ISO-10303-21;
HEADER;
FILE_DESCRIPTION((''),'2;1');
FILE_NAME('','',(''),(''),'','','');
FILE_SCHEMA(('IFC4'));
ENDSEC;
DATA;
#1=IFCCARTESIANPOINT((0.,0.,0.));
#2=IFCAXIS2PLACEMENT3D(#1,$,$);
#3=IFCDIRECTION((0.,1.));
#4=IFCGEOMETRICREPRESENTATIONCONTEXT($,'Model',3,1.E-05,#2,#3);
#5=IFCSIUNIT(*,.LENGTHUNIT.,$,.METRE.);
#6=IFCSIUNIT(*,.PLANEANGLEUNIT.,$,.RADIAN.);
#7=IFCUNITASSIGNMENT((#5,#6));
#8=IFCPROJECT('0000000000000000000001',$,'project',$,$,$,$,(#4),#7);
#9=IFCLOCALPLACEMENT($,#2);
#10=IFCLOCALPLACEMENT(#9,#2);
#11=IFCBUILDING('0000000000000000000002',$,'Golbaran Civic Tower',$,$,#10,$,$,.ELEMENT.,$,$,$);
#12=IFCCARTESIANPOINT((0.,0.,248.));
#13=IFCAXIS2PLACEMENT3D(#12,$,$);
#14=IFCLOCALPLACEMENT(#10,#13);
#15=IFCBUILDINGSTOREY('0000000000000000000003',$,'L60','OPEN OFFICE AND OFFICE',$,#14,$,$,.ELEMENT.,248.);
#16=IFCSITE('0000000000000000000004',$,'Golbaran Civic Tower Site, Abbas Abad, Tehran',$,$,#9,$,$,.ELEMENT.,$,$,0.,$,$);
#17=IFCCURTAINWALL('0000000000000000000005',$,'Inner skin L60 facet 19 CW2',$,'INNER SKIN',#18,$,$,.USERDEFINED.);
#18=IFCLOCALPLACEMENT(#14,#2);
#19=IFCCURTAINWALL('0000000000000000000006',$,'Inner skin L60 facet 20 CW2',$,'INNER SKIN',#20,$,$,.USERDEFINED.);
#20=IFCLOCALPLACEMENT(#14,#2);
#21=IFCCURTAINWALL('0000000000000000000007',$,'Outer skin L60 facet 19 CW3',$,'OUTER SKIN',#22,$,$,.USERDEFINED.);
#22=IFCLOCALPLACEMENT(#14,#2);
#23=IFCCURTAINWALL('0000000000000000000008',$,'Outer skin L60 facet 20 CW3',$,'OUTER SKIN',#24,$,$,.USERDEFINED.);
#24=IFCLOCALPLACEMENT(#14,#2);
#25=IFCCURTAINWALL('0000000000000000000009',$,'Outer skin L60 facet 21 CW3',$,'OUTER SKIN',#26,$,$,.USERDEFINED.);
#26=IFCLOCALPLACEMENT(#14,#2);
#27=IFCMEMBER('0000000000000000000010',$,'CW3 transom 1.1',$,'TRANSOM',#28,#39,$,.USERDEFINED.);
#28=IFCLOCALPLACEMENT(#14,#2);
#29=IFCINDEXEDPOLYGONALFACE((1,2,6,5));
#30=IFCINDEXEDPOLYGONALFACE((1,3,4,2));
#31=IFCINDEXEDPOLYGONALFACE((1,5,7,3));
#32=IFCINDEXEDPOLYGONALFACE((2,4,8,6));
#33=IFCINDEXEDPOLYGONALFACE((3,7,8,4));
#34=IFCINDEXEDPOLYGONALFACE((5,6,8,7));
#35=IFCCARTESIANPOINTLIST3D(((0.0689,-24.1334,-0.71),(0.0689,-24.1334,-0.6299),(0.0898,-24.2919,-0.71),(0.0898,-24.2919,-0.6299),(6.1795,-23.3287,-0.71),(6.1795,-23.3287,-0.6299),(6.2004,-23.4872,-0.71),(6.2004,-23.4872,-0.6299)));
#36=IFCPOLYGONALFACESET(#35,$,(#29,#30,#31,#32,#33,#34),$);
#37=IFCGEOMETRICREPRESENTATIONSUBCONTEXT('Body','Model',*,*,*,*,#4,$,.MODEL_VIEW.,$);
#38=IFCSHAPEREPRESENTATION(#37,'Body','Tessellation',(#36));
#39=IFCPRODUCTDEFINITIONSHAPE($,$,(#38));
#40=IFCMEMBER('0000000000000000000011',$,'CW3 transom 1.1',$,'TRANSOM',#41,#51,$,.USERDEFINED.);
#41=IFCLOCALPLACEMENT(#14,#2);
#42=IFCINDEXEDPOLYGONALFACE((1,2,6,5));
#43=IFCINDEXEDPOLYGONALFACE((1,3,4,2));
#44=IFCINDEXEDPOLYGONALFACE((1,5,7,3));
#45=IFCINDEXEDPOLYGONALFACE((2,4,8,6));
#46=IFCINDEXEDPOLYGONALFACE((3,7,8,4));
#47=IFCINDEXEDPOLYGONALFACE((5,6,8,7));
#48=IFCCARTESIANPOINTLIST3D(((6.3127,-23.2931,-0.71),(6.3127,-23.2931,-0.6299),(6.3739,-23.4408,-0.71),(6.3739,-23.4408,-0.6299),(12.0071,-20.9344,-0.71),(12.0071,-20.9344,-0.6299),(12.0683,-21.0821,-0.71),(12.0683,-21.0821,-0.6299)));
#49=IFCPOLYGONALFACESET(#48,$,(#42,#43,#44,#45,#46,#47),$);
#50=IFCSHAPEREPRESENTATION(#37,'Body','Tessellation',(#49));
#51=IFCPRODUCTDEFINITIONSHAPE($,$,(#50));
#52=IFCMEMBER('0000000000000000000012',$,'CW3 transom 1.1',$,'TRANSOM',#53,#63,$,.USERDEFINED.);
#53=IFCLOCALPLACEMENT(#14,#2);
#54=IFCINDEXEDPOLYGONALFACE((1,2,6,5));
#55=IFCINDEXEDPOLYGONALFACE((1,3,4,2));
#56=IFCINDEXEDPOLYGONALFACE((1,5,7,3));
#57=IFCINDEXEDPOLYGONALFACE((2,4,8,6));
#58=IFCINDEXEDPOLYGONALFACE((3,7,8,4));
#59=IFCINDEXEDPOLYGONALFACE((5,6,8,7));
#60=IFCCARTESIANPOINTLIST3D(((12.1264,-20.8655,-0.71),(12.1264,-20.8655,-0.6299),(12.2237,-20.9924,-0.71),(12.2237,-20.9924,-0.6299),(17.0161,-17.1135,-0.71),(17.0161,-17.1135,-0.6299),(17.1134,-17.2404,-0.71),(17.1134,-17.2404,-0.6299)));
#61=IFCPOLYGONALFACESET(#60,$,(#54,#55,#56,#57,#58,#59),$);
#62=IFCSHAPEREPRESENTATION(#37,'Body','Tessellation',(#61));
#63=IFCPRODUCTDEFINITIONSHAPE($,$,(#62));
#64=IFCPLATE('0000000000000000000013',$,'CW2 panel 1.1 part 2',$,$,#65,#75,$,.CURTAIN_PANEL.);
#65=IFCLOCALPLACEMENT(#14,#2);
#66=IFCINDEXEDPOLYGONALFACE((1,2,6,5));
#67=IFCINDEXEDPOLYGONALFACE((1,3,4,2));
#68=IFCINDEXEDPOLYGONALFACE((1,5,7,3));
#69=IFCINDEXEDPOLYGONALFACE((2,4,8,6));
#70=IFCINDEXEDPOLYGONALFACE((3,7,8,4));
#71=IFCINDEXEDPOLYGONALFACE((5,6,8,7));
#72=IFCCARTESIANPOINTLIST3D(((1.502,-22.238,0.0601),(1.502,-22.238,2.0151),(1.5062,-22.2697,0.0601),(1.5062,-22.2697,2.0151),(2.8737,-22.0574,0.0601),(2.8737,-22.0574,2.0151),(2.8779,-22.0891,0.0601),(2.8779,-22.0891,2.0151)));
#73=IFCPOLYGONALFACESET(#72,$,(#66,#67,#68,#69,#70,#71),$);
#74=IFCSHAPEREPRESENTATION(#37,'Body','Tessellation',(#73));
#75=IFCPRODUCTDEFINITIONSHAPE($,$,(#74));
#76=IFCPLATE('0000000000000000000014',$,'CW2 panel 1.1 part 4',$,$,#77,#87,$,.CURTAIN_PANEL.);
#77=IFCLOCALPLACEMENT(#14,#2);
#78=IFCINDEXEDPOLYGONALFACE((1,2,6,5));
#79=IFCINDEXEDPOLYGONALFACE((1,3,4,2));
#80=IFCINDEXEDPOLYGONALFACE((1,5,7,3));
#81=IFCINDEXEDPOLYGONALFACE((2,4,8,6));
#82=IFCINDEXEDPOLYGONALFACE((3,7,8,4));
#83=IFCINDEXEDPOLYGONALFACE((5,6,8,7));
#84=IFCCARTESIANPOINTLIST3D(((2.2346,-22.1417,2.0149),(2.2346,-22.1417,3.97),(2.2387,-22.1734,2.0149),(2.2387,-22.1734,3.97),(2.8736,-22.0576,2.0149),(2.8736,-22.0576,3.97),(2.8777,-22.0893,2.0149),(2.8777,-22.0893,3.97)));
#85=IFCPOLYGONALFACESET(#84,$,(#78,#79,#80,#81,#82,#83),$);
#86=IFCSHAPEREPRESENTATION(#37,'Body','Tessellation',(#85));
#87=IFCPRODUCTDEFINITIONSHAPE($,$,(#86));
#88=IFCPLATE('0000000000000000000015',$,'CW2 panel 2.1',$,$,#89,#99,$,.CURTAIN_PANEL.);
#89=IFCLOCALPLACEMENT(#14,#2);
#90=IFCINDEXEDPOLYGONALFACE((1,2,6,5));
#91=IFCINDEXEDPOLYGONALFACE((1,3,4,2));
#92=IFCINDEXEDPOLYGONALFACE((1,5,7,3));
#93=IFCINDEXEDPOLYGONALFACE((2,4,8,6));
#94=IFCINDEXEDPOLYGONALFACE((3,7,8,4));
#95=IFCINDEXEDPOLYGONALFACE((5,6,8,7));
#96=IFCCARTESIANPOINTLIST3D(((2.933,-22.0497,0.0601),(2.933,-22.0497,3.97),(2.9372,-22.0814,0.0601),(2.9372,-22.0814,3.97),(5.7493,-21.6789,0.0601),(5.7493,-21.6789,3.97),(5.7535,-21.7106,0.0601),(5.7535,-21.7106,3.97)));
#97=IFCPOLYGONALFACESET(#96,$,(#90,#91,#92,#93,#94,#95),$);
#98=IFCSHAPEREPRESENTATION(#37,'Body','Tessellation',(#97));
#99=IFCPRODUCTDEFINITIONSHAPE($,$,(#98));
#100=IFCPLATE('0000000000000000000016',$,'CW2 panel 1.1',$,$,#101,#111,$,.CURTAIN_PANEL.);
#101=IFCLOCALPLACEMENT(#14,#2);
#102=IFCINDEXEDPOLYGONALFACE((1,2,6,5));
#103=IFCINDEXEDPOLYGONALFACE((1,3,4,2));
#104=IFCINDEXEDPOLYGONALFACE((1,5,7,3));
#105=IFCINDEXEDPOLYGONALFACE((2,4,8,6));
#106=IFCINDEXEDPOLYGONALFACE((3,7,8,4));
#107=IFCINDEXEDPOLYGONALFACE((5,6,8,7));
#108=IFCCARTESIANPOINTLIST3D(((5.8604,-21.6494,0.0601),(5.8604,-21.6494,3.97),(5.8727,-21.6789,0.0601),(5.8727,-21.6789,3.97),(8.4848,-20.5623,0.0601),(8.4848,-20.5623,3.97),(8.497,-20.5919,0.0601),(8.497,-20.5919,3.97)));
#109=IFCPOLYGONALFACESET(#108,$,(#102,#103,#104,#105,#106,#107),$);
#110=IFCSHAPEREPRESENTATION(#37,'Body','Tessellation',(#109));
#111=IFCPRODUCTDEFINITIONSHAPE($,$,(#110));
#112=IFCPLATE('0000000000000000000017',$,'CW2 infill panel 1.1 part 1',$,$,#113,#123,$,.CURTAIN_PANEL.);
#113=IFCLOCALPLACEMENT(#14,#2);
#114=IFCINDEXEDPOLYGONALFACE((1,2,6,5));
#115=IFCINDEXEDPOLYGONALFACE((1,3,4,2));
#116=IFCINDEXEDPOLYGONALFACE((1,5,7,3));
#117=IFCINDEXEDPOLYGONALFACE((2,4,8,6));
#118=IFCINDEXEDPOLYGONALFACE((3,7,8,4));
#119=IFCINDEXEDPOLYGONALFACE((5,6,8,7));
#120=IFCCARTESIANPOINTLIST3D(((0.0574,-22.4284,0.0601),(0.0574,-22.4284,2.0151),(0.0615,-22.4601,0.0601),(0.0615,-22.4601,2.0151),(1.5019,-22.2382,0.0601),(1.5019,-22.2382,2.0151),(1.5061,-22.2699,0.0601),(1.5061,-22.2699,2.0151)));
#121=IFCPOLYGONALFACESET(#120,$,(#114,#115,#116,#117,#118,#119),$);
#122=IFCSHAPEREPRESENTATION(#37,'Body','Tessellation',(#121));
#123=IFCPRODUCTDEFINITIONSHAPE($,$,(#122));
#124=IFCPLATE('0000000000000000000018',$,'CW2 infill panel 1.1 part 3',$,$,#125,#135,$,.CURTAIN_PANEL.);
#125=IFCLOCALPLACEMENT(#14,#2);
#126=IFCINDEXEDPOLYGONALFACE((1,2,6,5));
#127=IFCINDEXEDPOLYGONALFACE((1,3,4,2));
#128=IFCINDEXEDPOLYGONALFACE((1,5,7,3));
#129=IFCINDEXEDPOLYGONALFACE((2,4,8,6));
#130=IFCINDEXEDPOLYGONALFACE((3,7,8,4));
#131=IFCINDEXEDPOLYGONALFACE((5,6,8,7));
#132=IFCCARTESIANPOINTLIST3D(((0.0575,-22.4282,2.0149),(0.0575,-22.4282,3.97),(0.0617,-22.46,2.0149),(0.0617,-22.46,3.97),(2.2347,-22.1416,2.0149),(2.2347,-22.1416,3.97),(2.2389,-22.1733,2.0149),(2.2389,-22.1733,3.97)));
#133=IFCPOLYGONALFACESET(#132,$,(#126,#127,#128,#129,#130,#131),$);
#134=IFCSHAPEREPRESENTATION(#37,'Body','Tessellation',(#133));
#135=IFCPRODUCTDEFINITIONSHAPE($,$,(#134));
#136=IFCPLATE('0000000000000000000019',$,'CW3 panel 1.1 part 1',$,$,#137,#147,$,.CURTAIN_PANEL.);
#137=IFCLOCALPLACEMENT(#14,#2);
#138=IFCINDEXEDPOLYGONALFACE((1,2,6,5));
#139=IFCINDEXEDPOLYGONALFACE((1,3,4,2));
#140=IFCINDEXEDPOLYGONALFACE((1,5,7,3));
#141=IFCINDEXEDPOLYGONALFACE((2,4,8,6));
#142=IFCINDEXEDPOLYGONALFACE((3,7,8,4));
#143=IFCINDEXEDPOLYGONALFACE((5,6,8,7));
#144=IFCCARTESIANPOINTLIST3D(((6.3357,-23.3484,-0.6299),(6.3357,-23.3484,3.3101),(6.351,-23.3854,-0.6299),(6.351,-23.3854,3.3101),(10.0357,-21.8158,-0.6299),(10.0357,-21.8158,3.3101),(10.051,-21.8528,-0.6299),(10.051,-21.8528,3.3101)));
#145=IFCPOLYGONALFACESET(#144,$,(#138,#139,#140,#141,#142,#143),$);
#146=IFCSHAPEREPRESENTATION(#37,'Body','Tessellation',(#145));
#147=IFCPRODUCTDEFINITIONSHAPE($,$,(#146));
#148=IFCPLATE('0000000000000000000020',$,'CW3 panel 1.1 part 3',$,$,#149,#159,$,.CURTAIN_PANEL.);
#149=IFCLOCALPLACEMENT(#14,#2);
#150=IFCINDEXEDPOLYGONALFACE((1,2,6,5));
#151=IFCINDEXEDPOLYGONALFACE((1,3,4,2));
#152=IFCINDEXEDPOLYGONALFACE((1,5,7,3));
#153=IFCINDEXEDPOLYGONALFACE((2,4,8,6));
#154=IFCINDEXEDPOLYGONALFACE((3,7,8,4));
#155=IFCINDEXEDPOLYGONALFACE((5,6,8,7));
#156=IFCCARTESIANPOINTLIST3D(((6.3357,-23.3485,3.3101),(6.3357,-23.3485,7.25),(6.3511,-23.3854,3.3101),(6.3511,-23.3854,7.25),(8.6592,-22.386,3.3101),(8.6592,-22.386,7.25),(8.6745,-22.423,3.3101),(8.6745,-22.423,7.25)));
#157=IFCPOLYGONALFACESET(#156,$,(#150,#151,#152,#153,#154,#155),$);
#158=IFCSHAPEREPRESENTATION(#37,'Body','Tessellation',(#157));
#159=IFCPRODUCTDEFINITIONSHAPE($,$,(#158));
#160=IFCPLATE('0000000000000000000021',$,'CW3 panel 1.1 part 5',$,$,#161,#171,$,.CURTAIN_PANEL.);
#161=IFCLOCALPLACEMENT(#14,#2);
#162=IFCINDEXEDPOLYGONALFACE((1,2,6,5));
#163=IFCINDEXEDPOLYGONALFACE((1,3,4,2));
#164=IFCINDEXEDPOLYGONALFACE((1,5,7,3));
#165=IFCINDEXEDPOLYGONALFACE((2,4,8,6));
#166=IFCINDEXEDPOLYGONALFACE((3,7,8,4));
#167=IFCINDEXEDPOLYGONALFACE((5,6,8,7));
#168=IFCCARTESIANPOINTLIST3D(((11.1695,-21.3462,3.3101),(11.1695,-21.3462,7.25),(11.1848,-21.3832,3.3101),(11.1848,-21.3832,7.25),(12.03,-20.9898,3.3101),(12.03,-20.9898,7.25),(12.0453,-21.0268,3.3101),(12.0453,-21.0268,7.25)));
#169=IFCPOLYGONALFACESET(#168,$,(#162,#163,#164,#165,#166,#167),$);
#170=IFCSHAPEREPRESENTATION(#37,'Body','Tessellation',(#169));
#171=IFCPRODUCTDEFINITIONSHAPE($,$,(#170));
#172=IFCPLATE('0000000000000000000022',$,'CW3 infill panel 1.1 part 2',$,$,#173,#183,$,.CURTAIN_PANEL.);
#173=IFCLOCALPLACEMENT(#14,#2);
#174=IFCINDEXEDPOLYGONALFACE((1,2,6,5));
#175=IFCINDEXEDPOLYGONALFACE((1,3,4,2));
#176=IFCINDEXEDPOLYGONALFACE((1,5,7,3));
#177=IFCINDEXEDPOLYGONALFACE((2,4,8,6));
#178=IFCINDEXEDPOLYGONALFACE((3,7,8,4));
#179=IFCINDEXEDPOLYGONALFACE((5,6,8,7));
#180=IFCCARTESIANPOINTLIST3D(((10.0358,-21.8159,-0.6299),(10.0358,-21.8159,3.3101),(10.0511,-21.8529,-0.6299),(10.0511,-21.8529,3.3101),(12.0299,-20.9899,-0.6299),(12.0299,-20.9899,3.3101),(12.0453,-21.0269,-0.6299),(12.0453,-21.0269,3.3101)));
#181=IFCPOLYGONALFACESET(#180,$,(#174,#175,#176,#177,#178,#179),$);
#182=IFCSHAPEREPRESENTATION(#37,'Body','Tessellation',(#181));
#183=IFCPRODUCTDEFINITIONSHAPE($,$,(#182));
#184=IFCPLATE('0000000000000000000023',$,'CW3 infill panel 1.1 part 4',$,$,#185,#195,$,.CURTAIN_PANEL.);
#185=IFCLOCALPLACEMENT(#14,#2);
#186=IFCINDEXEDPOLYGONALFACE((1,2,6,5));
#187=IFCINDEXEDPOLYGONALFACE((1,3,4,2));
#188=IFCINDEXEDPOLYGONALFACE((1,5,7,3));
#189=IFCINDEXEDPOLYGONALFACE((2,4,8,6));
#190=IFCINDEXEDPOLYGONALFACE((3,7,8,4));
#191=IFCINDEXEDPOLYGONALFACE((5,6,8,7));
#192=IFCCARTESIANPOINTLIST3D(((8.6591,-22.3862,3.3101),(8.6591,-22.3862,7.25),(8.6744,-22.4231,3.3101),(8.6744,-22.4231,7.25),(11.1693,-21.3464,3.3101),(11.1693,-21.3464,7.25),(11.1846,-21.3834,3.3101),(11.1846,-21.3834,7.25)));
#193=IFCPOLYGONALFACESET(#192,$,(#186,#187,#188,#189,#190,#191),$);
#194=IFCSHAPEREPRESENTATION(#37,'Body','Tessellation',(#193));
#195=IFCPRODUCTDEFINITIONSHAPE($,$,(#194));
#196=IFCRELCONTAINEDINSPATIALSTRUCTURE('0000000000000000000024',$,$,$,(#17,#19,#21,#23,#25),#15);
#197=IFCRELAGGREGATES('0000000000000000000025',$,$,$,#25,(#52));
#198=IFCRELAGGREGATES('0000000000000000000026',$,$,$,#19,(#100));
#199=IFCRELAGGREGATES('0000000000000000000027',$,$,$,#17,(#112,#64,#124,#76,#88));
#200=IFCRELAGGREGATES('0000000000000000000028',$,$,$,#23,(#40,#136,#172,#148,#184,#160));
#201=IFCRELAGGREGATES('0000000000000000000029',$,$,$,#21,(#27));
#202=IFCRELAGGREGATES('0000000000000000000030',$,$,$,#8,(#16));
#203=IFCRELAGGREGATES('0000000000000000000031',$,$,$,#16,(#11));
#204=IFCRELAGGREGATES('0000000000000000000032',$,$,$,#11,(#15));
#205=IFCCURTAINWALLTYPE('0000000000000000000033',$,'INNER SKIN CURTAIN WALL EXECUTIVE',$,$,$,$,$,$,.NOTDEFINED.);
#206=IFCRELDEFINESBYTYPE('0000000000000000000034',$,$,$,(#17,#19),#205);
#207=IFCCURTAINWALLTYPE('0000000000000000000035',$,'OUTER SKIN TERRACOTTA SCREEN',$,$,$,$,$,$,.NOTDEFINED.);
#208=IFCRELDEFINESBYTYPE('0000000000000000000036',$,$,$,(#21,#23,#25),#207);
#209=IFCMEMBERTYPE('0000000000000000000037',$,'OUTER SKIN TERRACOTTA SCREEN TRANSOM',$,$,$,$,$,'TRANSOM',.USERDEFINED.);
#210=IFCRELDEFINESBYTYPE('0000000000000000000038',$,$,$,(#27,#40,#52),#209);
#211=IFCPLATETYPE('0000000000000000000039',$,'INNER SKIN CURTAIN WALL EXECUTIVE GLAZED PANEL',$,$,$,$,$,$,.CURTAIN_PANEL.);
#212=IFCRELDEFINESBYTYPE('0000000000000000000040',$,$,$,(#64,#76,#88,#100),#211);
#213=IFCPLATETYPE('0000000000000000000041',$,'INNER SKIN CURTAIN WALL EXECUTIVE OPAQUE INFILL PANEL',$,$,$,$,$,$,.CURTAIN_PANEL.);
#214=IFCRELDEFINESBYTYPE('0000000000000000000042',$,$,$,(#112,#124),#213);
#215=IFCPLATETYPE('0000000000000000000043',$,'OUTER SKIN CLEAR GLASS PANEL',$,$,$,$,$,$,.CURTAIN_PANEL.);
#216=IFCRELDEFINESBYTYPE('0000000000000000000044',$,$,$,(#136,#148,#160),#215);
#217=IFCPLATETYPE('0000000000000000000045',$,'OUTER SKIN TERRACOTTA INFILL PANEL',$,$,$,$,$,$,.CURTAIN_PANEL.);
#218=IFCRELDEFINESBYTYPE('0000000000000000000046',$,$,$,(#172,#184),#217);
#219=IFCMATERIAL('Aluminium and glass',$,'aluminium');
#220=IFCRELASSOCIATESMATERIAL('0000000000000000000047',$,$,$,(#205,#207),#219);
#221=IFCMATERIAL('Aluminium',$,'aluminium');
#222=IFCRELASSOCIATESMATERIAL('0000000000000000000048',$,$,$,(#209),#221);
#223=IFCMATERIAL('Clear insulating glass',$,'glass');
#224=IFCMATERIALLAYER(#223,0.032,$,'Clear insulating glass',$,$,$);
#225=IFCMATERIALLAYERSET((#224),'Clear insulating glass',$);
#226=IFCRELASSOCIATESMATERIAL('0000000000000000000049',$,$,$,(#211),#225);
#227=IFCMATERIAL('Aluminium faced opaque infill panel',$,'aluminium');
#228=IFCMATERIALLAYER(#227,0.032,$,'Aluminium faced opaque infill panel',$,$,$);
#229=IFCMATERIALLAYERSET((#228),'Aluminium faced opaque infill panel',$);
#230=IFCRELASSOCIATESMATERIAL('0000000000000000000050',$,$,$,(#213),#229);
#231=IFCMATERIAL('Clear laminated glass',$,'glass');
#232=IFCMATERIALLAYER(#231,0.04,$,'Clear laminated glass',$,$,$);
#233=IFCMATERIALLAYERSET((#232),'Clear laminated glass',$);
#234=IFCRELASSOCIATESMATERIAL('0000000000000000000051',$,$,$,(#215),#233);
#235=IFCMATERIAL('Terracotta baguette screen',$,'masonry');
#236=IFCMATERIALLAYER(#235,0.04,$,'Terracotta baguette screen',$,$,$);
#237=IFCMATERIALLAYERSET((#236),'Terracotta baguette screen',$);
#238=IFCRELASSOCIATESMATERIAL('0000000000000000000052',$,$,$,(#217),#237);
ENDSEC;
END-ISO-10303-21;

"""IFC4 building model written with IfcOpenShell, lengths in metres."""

from ifc_helpers import new_model, si_unit, direction, frame, origin, origin_2d, place, context, subcontext, project, spatial, rectangle, extrude, material, layer, layer_set, material_profile, profile_set, type_object, element, aggregate, save


model = new_model("IFC4")

# Units and contexts
model_context = context("Model", 3, precision=1e-05, world=origin(), true_north=direction((0.0, 1.0)))
body_context = subcontext(model_context, "Body", "Model", "MODEL_VIEW")
ifc_project = project(units=[si_unit("LENGTHUNIT", "METRE"), si_unit("PLANEANGLEUNIT", "RADIAN")], contexts=[model_context])

# Site, building, storey
site_placement = place(None, origin())
site = spatial("IfcSite", under=ifc_project, at=site_placement, Name="Golbaran Civic Tower Site, Abbas Abad, Tehran", CompositionType="ELEMENT", RefElevation=0.0)
building_placement = place(site_placement, origin())
building = spatial("IfcBuilding", under=site, at=building_placement, Name="Golbaran Civic Tower", CompositionType="ELEMENT")
storey_placement = place(building_placement, frame((0.0, 0.0, 248.0)))
storey = spatial("IfcBuildingStorey", under=building, at=storey_placement, Name="L60", Description="OPEN OFFICE AND OFFICE", CompositionType="ELEMENT", Elevation=248.0)

# Curtain walls
ifc_material_1 = material(Name="Aluminium and glass", Category="aluminium")
curtain_wall_type_1 = type_object("IfcCurtainWallType", Name="INNER SKIN CURTAIN WALL EXECUTIVE", PredefinedType="NOTDEFINED", material=ifc_material_1)
curtain_wall_1_placement = place(storey_placement, origin())
curtain_wall_1 = element("IfcCurtainWall", 1, at=curtain_wall_1_placement, inside=storey, type_object=curtain_wall_type_1, Name="Inner skin L60 facet 19 CW2", ObjectType="INNER SKIN", PredefinedType="USERDEFINED")
ifc_material_2 = material(Name="Aluminium", Category="aluminium")
curtain_wall_2_placement = place(storey_placement, origin())
curtain_wall_2 = element("IfcCurtainWall", 2, at=curtain_wall_2_placement, inside=storey, type_object=curtain_wall_type_1, Name="Inner skin L60 facet 20 CW2", ObjectType="INNER SKIN", PredefinedType="USERDEFINED")

# Curtain walls
curtain_wall_type_2 = type_object("IfcCurtainWallType", Name="OUTER SKIN TERRACOTTA SCREEN", PredefinedType="NOTDEFINED", material=ifc_material_1)
curtain_wall_3_placement = place(storey_placement, origin())
curtain_wall_3 = element("IfcCurtainWall", 3, at=curtain_wall_3_placement, inside=storey, type_object=curtain_wall_type_2, Name="Outer skin L60 facet 19 CW3", ObjectType="OUTER SKIN", PredefinedType="USERDEFINED")
curtain_wall_4_placement = place(storey_placement, origin())
curtain_wall_4 = element("IfcCurtainWall", 4, at=curtain_wall_4_placement, inside=storey, type_object=curtain_wall_type_2, Name="Outer skin L60 facet 20 CW3", ObjectType="OUTER SKIN", PredefinedType="USERDEFINED")

# Curtain wall
curtain_wall_5_placement = place(storey_placement, origin())
curtain_wall_5 = element("IfcCurtainWall", 5, at=curtain_wall_5_placement, inside=storey, type_object=curtain_wall_type_2, Name="Outer skin L60 facet 21 CW3", ObjectType="OUTER SKIN", PredefinedType="USERDEFINED")

# Members
ifc_material_profile_1 = material_profile(ifc_material_2, rectangle(XDim=0.1599, YDim=0.0801, at=origin_2d()), Name="OUTER SKIN TERRACOTTA SCREEN TRANSOM")
ifc_profile_set_1 = profile_set([ifc_material_profile_1], Name="Aluminium")
member_type_1 = type_object("IfcMemberType", Name="OUTER SKIN TERRACOTTA SCREEN TRANSOM", ElementType="TRANSOM", PredefinedType="USERDEFINED", material=ifc_profile_set_1)
member_1_placement = place(storey_placement, frame((0.0793, -24.2126, -0.6699), z_axis=(0.99144, 0.13056, 0.0), x_axis=(-0.13056, 0.99144, 0.0)))
member_1 = element("IfcMember", 6, at=member_1_placement, type_object=member_type_1, Name="CW3 transom 1.1", ObjectType="TRANSOM", PredefinedType="USERDEFINED", context=body_context, shape_type="SweptSolid", body=[
    extrude(rectangle(XDim=0.1599, YDim=0.0801, at=origin_2d()), origin(), (0.0, 0.0, 1.0), 6.1633),
])
member_2_placement = place(storey_placement, frame((6.3433, -23.3669, -0.6699), z_axis=(0.923881, 0.382679, 0.0), x_axis=(-0.382679, 0.923881, 0.0)))
member_2 = element("IfcMember", 7, at=member_2_placement, type_object=member_type_1, Name="CW3 transom 1.1", ObjectType="TRANSOM", PredefinedType="USERDEFINED", context=body_context, shape_type="SweptSolid", body=[
    extrude(rectangle(XDim=0.1599, YDim=0.0801, at=origin_2d()), origin(), (0.0, 0.0, 1.0), 6.1636),
])
member_3_placement = place(storey_placement, frame((12.175, -20.929, -0.6699), z_axis=(0.793354, 0.608761, 0.0), x_axis=(-0.608761, 0.793354, 0.0)))
member_3 = element("IfcMember", 8, at=member_3_placement, type_object=member_type_1, Name="CW3 transom 1.1", ObjectType="TRANSOM", PredefinedType="USERDEFINED", context=body_context, shape_type="SweptSolid", body=[
    extrude(rectangle(XDim=0.1599, YDim=0.0801, at=origin_2d()), origin(), (0.0, 0.0, 1.0), 6.1633),
])
aggregate(curtain_wall_5, [member_3])

# Plates
ifc_material_3 = material(Name="Clear insulating glass", Category="glass")
ifc_layer_1 = layer(ifc_material_3, 0.032, Name="Clear insulating glass")
ifc_layer_set_1 = layer_set([ifc_layer_1], Name="Clear insulating glass")
plate_type_1 = type_object("IfcPlateType", Name="INNER SKIN CURTAIN WALL EXECUTIVE GLAZED PANEL", PredefinedType="CURTAIN_PANEL", material=ifc_layer_set_1)
plate_1_placement = place(storey_placement, frame((2.1899, -22.1636, 0.0601), z_axis=(0.0, 0.0, 1.0), x_axis=(0.991445, 0.130526, 0.0)))
plate_1 = element("IfcPlate", 9, at=plate_1_placement, type_object=plate_type_1, Name="CW2 panel 1.1 part 2", PredefinedType="CURTAIN_PANEL", context=body_context, shape_type="SweptSolid", body=[
    extrude(rectangle(XDim=1.3835, YDim=0.032, at=origin_2d()), origin(), (0.0, 0.0, 1.0), 1.9551),
])
plate_2_placement = place(storey_placement, frame((2.5562, -22.1155, 2.0149), z_axis=(0.0, 0.0, 1.0), x_axis=(0.991445, 0.130526, 0.0)))
plate_2 = element("IfcPlate", 10, at=plate_2_placement, type_object=plate_type_1, Name="CW2 panel 1.1 part 4", PredefinedType="CURTAIN_PANEL", context=body_context, shape_type="SweptSolid", body=[
    extrude(rectangle(XDim=0.6445, YDim=0.032, at=origin_2d()), origin(), (0.0, 0.0, 1.0), 1.9551),
])
plate_3_placement = place(storey_placement, frame((4.3433, -21.8801, 0.0601), z_axis=(0.0, 0.0, 1.0), x_axis=(0.991445, 0.130526, 0.0)))
plate_3 = element("IfcPlate", 11, at=plate_3_placement, type_object=plate_type_1, Name="CW2 panel 2.1", PredefinedType="CURTAIN_PANEL", context=body_context, shape_type="SweptSolid", body=[
    extrude(rectangle(XDim=2.8406, YDim=0.032, at=origin_2d()), origin(), (0.0, 0.0, 1.0), 3.9099),
])
plate_4_placement = place(storey_placement, frame((7.1787, -21.1206, 0.0601), z_axis=(0.0, 0.0, 1.0), x_axis=(0.92388, 0.382683, 0.0)))
plate_4 = element("IfcPlate", 12, at=plate_4_placement, type_object=plate_type_1, Name="CW2 panel 1.1", PredefinedType="CURTAIN_PANEL", context=body_context, shape_type="SweptSolid", body=[
    extrude(rectangle(XDim=2.8406, YDim=0.032, at=origin_2d()), origin(), (0.0, 0.0, 1.0), 3.9099),
])
aggregate(curtain_wall_2, [plate_4])
ifc_material_4 = material(Name="Aluminium faced opaque infill panel", Category="aluminium")
ifc_layer_2 = layer(ifc_material_4, 0.032, Name="Aluminium faced opaque infill panel")
ifc_layer_set_2 = layer_set([ifc_layer_2], Name="Aluminium faced opaque infill panel")
plate_type_2 = type_object("IfcPlateType", Name="INNER SKIN CURTAIN WALL EXECUTIVE OPAQUE INFILL PANEL", PredefinedType="CURTAIN_PANEL", material=ifc_layer_set_2)
plate_5_placement = place(storey_placement, frame((0.7817, -22.3491, 0.0601), z_axis=(0.0, 0.0, 1.0), x_axis=(0.991445, 0.130526, 0.0)))
plate_5 = element("IfcPlate", 13, at=plate_5_placement, type_object=plate_type_2, Name="CW2 infill panel 1.1 part 1", PredefinedType="CURTAIN_PANEL", context=body_context, shape_type="SweptSolid", body=[
    extrude(rectangle(XDim=1.457, YDim=0.032, at=origin_2d()), origin(), (0.0, 0.0, 1.0), 1.9551),
])
plate_6_placement = place(storey_placement, frame((1.1482, -22.3008, 2.0149), z_axis=(0.0, 0.0, 1.0), x_axis=(0.991445, 0.130526, 0.0)))
plate_6 = element("IfcPlate", 14, at=plate_6_placement, type_object=plate_type_2, Name="CW2 infill panel 1.1 part 3", PredefinedType="CURTAIN_PANEL", context=body_context, shape_type="SweptSolid", body=[
    extrude(rectangle(XDim=2.196, YDim=0.032, at=origin_2d()), origin(), (0.0, 0.0, 1.0), 1.9551),
])
aggregate(curtain_wall_1, [plate_5, plate_1, plate_6, plate_2, plate_3])
ifc_material_5 = material(Name="Clear laminated glass", Category="glass")
ifc_layer_3 = layer(ifc_material_5, 0.04, Name="Clear laminated glass")
ifc_layer_set_3 = layer_set([ifc_layer_3], Name="Clear laminated glass")
plate_type_3 = type_object("IfcPlateType", Name="OUTER SKIN CLEAR GLASS PANEL", PredefinedType="CURTAIN_PANEL", material=ifc_layer_set_3)
plate_7_placement = place(storey_placement, frame((8.1934, -22.6006, -0.6299), z_axis=(0.0, 0.0, 1.0), x_axis=(0.92388, 0.382683, 0.0)))
plate_7 = element("IfcPlate", 15, at=plate_7_placement, type_object=plate_type_3, Name="CW3 panel 1.1 part 1", PredefinedType="CURTAIN_PANEL", context=body_context, shape_type="SweptSolid", body=[
    extrude(rectangle(XDim=4.0049, YDim=0.04, at=origin_2d()), origin(), (0.0, 0.0, 1.0), 3.9399),
])
plate_8_placement = place(storey_placement, frame((7.5051, -22.8857, 3.3101), z_axis=(0.0, 0.0, 1.0), x_axis=(0.92388, 0.382683, 0.0)))
plate_8 = element("IfcPlate", 16, at=plate_8_placement, type_object=plate_type_3, Name="CW3 panel 1.1 part 3", PredefinedType="CURTAIN_PANEL", context=body_context, shape_type="SweptSolid", body=[
    extrude(rectangle(XDim=2.5149, YDim=0.04, at=origin_2d()), origin(), (0.0, 0.0, 1.0), 3.9399),
])
plate_9_placement = place(storey_placement, frame((11.6074, -21.1865, 3.3101), z_axis=(0.0, 0.0, 1.0), x_axis=(0.92388, 0.382683, 0.0)))
plate_9 = element("IfcPlate", 17, at=plate_9_placement, type_object=plate_type_3, Name="CW3 panel 1.1 part 5", PredefinedType="CURTAIN_PANEL", context=body_context, shape_type="SweptSolid", body=[
    extrude(rectangle(XDim=0.9314, YDim=0.04, at=origin_2d()), origin(), (0.0, 0.0, 1.0), 3.9399),
])
ifc_material_6 = material(Name="Terracotta baguette screen", Category="masonry")
ifc_layer_4 = layer(ifc_material_6, 0.04, Name="Terracotta baguette screen")
ifc_layer_set_4 = layer_set([ifc_layer_4], Name="Terracotta baguette screen")
plate_type_4 = type_object("IfcPlateType", Name="OUTER SKIN TERRACOTTA INFILL PANEL", PredefinedType="CURTAIN_PANEL", material=ifc_layer_set_4)
plate_10_placement = place(storey_placement, frame((11.0405, -21.4214, -0.6299), z_axis=(0.0, 0.0, 1.0), x_axis=(0.92388, 0.382683, 0.0)))
plate_10 = element("IfcPlate", 18, at=plate_10_placement, type_object=plate_type_4, Name="CW3 infill panel 1.1 part 2", PredefinedType="CURTAIN_PANEL", context=body_context, shape_type="SweptSolid", body=[
    extrude(rectangle(XDim=2.1584, YDim=0.04, at=origin_2d()), origin(), (0.0, 0.0, 1.0), 3.9399),
])
plate_11_placement = place(storey_placement, frame((9.9219, -21.8848, 3.3101), z_axis=(0.0, 0.0, 1.0), x_axis=(0.92388, 0.382683, 0.0)))
plate_11 = element("IfcPlate", 19, at=plate_11_placement, type_object=plate_type_4, Name="CW3 infill panel 1.1 part 4", PredefinedType="CURTAIN_PANEL", context=body_context, shape_type="SweptSolid", body=[
    extrude(rectangle(XDim=2.717, YDim=0.04, at=origin_2d()), origin(), (0.0, 0.0, 1.0), 3.9399),
])
aggregate(curtain_wall_4, [member_2, plate_7, plate_10, plate_8, plate_11, plate_9])
aggregate(curtain_wall_3, [member_1])

save(model, "model.ifc")
